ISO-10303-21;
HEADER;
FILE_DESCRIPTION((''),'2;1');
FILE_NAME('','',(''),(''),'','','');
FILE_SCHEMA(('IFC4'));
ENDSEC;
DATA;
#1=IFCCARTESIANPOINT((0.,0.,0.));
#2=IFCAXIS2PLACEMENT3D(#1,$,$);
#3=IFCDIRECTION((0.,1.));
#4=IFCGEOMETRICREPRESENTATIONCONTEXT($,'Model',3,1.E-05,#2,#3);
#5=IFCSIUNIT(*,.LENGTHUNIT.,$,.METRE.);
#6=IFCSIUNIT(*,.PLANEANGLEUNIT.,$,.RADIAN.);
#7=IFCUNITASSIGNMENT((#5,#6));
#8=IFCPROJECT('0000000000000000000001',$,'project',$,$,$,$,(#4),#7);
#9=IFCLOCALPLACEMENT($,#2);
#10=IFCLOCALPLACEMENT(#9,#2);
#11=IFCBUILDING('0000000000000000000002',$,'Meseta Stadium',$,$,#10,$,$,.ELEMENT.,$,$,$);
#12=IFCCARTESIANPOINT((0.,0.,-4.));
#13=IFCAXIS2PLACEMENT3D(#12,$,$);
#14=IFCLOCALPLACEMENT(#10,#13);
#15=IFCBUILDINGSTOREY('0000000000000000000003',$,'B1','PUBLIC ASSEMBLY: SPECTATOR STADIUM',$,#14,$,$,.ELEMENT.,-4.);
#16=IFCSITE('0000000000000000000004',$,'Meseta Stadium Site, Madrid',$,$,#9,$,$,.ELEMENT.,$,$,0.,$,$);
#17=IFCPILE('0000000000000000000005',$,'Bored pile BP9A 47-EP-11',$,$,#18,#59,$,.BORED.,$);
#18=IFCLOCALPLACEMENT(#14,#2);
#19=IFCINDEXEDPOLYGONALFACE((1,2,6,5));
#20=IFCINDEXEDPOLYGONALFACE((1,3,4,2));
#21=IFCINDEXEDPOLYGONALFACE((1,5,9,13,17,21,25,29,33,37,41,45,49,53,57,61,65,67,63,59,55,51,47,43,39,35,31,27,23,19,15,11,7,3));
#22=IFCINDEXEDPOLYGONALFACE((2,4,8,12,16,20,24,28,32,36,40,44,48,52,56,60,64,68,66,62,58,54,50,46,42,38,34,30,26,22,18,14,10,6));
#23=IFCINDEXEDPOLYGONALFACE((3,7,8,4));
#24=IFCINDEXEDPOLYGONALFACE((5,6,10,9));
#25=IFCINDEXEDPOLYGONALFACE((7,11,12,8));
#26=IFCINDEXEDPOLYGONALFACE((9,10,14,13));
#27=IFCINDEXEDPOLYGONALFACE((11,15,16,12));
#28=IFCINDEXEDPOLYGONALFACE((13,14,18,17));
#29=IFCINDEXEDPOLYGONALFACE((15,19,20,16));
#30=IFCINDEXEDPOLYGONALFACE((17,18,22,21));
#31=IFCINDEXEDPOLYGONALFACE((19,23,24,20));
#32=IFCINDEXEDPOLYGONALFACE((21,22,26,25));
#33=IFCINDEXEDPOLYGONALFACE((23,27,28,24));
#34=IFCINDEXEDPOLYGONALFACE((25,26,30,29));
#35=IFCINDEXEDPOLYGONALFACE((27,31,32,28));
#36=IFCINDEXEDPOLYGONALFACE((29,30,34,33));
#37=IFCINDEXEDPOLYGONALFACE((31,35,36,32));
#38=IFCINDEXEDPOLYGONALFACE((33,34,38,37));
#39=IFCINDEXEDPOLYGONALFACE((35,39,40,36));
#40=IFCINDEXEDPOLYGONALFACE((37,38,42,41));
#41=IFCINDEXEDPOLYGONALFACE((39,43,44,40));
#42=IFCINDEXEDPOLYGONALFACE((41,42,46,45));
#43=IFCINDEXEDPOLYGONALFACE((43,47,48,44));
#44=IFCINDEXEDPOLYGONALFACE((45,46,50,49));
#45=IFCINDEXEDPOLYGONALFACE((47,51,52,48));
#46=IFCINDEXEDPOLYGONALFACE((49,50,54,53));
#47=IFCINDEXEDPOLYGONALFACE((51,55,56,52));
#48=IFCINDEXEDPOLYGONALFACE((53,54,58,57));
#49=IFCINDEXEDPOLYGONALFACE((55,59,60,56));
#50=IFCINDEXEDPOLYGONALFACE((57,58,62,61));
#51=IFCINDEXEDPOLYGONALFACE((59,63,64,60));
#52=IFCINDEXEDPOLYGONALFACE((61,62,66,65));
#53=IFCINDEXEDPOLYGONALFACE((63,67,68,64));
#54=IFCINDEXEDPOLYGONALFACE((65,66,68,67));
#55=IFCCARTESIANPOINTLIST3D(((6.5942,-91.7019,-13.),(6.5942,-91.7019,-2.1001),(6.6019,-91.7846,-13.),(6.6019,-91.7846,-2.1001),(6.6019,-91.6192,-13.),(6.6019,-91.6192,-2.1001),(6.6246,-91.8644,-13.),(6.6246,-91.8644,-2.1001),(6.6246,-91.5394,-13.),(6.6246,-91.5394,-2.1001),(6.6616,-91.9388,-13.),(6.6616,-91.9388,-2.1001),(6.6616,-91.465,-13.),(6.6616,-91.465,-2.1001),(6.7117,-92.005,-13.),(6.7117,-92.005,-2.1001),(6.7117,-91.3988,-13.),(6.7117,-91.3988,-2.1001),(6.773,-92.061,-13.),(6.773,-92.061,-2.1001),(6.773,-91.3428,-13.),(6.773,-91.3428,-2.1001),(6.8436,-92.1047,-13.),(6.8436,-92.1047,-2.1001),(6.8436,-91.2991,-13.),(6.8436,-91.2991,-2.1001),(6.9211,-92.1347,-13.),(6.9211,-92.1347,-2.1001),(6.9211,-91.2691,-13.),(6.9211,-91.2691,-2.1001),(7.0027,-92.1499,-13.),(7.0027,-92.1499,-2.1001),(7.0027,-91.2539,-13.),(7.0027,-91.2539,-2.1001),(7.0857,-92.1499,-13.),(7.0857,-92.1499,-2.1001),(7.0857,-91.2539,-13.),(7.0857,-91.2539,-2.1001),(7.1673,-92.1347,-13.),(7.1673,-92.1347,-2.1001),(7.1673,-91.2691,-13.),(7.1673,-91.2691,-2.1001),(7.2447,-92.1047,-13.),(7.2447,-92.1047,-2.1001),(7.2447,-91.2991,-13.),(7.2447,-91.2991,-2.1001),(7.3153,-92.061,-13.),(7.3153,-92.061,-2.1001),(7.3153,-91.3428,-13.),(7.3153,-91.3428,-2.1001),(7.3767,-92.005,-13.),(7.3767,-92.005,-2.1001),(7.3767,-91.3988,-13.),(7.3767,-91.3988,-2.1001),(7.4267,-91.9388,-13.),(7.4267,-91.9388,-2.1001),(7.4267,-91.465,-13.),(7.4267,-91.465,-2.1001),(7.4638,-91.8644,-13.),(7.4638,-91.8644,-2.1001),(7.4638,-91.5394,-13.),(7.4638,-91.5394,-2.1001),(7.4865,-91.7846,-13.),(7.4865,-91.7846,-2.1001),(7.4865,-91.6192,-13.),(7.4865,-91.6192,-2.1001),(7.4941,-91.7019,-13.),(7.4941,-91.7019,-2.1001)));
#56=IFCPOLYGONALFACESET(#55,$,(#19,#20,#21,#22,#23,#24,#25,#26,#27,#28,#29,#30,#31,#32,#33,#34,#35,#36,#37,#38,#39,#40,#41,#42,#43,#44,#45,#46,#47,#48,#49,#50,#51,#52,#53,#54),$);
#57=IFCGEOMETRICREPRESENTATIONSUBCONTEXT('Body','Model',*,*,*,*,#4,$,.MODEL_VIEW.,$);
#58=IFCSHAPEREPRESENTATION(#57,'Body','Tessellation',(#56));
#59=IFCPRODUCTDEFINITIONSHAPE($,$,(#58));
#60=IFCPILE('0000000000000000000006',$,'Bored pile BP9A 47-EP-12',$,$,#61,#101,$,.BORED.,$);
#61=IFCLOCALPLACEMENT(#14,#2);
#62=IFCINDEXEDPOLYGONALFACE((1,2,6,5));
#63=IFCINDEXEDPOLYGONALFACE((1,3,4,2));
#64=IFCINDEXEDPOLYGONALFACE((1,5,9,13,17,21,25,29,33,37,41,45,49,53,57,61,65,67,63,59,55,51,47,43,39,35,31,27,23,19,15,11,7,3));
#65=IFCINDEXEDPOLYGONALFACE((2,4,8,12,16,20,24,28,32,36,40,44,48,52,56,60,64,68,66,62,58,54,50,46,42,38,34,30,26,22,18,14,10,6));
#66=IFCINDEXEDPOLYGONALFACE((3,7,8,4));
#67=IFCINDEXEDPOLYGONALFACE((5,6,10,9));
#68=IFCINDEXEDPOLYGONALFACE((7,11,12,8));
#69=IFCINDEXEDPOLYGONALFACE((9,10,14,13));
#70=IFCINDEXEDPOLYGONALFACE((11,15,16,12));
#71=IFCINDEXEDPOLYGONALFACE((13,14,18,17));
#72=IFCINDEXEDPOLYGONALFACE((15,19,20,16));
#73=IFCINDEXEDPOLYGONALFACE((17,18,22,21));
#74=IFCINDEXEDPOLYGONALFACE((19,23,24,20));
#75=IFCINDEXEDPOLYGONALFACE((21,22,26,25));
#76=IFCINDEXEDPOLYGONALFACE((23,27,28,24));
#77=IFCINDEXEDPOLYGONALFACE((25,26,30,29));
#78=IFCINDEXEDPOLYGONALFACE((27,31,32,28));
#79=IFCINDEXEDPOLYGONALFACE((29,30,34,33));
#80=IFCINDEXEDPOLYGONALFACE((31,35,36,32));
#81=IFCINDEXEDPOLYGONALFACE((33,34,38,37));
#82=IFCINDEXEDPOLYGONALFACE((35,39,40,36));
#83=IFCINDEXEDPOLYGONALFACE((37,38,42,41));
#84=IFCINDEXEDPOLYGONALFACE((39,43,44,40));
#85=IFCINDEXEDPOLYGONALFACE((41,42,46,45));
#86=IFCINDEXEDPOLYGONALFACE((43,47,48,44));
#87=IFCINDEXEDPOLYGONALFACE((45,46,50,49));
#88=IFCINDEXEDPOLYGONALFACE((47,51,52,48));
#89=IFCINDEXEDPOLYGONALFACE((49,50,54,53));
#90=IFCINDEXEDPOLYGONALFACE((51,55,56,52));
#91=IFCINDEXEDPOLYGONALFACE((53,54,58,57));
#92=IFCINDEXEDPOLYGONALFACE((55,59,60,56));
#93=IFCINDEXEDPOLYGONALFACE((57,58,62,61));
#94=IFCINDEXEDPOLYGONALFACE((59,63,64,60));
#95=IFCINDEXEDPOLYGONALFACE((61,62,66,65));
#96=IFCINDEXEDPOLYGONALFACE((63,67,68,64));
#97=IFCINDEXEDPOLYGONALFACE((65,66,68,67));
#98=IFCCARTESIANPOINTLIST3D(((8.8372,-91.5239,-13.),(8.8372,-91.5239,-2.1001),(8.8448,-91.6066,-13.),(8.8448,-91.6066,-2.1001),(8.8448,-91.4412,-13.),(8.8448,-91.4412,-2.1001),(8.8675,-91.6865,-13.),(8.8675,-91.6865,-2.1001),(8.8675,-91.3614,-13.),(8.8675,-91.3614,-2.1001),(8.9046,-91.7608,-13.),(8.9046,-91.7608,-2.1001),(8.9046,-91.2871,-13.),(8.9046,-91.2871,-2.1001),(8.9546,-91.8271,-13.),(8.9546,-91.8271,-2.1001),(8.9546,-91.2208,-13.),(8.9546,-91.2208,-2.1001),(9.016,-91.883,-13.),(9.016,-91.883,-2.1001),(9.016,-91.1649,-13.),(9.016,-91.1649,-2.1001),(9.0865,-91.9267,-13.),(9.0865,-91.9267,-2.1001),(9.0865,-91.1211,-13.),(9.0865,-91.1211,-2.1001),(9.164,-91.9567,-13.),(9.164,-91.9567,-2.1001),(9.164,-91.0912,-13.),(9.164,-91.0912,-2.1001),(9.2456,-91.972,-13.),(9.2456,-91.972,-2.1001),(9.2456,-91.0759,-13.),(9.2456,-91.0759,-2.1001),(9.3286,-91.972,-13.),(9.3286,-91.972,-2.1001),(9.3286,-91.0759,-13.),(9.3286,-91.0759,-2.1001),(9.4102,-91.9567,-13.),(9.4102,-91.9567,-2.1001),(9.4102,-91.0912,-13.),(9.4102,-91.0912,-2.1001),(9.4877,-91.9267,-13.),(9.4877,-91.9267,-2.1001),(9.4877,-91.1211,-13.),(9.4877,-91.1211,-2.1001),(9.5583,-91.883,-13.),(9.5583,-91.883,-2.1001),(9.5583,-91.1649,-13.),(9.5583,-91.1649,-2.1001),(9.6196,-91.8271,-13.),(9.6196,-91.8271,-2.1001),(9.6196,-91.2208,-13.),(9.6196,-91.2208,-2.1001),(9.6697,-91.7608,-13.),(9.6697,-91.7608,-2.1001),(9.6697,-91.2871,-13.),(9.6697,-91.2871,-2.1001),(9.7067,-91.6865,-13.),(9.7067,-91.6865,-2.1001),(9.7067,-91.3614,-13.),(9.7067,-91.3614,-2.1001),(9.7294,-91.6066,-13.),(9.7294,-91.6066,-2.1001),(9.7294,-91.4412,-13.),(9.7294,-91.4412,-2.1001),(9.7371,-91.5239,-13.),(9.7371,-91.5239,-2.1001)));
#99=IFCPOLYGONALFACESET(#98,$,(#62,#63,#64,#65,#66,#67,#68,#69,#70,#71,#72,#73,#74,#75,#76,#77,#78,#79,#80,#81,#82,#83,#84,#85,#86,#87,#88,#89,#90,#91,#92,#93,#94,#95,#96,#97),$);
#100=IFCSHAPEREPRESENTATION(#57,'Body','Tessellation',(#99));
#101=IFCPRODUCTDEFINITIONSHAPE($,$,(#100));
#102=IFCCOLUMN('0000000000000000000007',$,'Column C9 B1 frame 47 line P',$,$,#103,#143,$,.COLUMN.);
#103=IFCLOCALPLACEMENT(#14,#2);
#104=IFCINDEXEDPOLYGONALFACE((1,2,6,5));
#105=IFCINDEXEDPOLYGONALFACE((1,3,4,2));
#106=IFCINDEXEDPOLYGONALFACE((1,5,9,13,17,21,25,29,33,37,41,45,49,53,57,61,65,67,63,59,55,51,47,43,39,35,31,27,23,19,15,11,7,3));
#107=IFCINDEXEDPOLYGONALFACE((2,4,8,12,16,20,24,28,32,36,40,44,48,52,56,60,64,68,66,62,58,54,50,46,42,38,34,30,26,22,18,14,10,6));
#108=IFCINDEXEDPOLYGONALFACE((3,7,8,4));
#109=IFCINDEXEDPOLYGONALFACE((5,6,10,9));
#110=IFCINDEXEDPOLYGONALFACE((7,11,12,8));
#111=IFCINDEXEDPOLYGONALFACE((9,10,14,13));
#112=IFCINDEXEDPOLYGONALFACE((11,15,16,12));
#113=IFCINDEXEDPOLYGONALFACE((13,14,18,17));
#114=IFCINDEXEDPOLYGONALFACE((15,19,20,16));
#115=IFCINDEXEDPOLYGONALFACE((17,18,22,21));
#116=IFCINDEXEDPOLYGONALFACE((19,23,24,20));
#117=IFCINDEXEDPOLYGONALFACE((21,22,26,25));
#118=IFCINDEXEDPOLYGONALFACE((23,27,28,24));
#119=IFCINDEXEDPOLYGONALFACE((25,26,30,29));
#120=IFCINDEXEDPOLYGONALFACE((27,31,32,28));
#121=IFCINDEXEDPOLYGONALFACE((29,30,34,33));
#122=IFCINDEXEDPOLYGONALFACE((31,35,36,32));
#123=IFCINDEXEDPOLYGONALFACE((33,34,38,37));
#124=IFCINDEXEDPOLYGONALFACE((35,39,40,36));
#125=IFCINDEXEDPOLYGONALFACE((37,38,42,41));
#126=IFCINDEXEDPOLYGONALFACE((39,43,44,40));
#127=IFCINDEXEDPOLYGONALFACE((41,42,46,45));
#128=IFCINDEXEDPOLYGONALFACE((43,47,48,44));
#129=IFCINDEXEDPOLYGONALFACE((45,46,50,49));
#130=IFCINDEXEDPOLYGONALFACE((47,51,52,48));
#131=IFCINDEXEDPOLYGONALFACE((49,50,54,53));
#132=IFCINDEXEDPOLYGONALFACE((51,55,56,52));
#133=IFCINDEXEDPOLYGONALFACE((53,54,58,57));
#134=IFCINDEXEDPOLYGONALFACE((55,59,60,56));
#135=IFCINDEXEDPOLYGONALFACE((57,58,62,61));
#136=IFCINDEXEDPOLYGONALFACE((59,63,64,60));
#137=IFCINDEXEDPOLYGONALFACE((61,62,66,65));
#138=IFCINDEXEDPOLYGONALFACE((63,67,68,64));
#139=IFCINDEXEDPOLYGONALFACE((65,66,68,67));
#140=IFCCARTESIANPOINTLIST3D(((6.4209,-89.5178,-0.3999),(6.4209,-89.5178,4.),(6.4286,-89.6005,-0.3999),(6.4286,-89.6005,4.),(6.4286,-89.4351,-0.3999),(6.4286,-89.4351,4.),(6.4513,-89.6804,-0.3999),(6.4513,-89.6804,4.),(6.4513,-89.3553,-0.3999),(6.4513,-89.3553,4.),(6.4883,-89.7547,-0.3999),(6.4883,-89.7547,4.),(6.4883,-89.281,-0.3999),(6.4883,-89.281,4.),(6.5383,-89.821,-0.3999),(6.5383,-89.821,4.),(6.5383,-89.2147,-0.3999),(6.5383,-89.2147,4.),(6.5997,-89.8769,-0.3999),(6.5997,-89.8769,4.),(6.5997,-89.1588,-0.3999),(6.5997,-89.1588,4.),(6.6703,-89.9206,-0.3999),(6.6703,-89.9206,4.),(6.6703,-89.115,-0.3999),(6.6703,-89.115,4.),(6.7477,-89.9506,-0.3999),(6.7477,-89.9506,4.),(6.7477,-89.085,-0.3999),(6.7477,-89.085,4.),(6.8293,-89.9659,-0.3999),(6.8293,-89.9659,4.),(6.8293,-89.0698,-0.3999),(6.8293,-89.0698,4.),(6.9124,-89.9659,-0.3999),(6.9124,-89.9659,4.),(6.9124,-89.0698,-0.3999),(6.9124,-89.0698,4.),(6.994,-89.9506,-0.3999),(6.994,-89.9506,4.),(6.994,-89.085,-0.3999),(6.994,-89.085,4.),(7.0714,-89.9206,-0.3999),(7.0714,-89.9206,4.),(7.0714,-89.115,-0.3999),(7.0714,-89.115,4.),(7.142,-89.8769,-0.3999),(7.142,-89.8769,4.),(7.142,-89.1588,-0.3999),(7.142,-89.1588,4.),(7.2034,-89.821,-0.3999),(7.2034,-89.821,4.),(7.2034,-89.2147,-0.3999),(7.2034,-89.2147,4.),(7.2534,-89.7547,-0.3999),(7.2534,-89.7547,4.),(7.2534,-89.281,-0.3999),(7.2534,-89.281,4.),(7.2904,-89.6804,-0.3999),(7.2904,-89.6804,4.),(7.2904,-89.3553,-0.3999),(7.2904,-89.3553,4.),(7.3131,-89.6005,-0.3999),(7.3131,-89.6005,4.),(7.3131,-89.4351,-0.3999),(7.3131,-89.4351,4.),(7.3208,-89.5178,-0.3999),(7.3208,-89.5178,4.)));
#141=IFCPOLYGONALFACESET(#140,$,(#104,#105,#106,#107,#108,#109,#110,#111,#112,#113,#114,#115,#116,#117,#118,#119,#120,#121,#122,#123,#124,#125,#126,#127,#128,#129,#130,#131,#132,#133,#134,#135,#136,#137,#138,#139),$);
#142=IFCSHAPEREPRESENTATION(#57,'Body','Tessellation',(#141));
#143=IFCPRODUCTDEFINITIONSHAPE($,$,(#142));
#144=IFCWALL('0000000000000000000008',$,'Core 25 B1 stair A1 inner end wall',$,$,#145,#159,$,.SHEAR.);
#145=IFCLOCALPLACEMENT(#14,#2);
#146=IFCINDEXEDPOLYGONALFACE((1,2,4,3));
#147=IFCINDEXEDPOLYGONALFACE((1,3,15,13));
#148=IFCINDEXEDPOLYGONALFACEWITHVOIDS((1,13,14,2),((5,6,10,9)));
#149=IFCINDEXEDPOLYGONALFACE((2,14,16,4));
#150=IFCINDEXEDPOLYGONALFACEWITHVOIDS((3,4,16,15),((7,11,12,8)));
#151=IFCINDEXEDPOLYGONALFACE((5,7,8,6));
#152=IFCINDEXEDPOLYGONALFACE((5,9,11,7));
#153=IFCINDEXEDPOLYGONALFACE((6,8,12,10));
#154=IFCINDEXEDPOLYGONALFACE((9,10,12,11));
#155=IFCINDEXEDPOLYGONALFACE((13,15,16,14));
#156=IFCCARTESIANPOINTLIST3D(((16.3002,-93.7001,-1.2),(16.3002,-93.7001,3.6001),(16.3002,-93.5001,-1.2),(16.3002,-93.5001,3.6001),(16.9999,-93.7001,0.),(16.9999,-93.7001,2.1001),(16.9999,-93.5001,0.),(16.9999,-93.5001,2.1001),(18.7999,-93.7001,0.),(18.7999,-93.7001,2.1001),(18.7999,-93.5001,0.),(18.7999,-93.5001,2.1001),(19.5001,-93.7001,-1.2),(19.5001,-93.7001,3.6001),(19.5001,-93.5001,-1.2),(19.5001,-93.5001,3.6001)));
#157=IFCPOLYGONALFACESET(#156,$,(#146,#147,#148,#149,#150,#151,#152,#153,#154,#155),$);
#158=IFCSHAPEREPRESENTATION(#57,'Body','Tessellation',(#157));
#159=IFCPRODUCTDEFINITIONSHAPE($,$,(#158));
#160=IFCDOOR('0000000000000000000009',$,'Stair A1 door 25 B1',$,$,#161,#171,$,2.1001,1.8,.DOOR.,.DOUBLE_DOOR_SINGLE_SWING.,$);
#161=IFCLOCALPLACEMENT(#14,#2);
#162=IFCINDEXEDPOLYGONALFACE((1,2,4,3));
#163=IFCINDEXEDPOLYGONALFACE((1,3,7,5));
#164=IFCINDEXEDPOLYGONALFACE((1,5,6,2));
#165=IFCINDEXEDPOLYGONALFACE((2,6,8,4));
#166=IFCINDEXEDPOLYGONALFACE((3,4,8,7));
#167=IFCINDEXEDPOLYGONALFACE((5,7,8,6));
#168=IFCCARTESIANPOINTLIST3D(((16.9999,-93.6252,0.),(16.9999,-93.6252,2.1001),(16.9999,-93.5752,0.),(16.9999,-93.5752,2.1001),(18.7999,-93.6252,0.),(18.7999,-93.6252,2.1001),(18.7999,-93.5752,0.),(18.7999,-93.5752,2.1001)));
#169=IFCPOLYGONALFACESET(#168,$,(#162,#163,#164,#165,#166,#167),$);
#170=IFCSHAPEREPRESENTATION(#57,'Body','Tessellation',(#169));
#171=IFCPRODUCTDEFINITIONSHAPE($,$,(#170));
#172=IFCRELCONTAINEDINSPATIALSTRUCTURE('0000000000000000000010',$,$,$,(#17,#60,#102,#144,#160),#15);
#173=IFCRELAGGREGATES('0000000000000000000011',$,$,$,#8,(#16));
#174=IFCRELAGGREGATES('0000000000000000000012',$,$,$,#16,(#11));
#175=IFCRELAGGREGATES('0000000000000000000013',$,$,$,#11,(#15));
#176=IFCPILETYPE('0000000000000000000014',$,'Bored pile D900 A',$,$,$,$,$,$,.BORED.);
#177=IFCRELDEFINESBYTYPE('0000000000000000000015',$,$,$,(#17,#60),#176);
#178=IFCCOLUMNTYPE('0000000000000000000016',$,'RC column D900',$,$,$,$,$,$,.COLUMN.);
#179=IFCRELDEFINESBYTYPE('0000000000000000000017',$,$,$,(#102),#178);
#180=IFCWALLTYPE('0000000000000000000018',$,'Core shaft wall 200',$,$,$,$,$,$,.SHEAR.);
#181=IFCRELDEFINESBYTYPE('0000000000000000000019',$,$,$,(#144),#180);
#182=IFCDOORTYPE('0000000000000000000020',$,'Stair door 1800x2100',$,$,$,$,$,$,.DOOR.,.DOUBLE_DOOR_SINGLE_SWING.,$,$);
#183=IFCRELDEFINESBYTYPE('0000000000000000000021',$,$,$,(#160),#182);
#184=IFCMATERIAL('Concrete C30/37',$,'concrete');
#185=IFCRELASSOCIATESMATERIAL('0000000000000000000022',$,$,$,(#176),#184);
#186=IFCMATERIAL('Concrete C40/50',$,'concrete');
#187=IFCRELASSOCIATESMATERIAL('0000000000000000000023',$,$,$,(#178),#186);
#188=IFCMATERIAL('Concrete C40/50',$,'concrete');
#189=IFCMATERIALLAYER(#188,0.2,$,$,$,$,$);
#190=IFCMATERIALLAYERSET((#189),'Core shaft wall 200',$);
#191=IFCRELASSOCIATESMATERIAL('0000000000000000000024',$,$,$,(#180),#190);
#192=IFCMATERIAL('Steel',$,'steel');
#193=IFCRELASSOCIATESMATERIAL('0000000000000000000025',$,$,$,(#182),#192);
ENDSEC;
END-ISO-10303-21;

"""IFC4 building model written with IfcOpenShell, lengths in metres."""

from ifc_helpers import new_model, si_unit, direction, frame, frame_2d, origin, origin_2d, place, context, subcontext, project, spatial, rectangle, circle, extrude, material, layer, layer_set, material_profile, profile_set, type_object, element, fill, save


model = new_model("IFC4")

# Units and contexts
model_context = context("Model", 3, precision=1e-05, world=origin(), true_north=direction((0.0, 1.0)))
body_context = subcontext(model_context, "Body", "Model", "MODEL_VIEW")
ifc_project = project(units=[si_unit("LENGTHUNIT", "METRE"), si_unit("PLANEANGLEUNIT", "RADIAN")], contexts=[model_context])

# Site, building, storey
site_placement = place(None, origin())
site = spatial("IfcSite", under=ifc_project, at=site_placement, Name="Meseta Stadium Site, Madrid", CompositionType="ELEMENT", RefElevation=0.0)
building_placement = place(site_placement, origin())
building = spatial("IfcBuilding", under=site, at=building_placement, Name="Meseta Stadium", CompositionType="ELEMENT")
storey_placement = place(building_placement, frame((0.0, 0.0, -4.0)))
storey = spatial("IfcBuildingStorey", under=building, at=storey_placement, Name="B1", Description="PUBLIC ASSEMBLY: SPECTATOR STADIUM", CompositionType="ELEMENT", Elevation=-4.0)

# Piles
ifc_material_1 = material(Name="Concrete C30/37", Category="concrete")
ifc_material_profile_1 = material_profile(ifc_material_1, circle(Radius=0.45, at=origin_2d()), Name="D900")
ifc_profile_set_1 = profile_set([ifc_material_profile_1], Name="Concrete C30/37")
pile_type = type_object("IfcPileType", Name="Bored pile D900 A", PredefinedType="BORED", material=ifc_profile_set_1)
for number, where, z_axis, x_axis, name in (
    (1, (7.0442, -91.7019, -2.1001), (0.0, 0.0, -1.0), (1.0, 0.0, 0.0), "Bored pile BP9A 47-EP-11"),
    (2, (9.2871, -91.5239, -2.1001), (0.0, 0.0, -1.0), (1.0, 0.0, 0.0), "Bored pile BP9A 47-EP-12"),
):
    element("IfcPile", number, at=place(storey_placement, frame(where, z_axis=z_axis, x_axis=x_axis)), inside=storey, type_object=pile_type, Name=name, PredefinedType="BORED", context=body_context, shape_type="SweptSolid", body=[
        extrude(circle(Radius=0.45, at=origin_2d()), origin(), (0.0, 0.0, 1.0), 10.8999),
    ])

# Column
ifc_material_2 = material(Name="Concrete C40/50", Category="concrete")
ifc_material_profile_2 = material_profile(ifc_material_2, circle(Radius=0.45, at=origin_2d()), Name="RC D900")
ifc_profile_set_2 = profile_set([ifc_material_profile_2], Name="Concrete C40/50")
column_type = type_object("IfcColumnType", Name="RC column D900", PredefinedType="COLUMN", material=ifc_profile_set_2)
column_placement = place(storey_placement, frame((6.8708, -89.5178, -0.3999), z_axis=(0.0, 0.0, 1.0), x_axis=(1.0, 0.0, 0.0)))
element("IfcColumn", 3, at=column_placement, inside=storey, type_object=column_type, Name="Column C9 B1 frame 47 line P", PredefinedType="COLUMN", context=body_context, shape_type="SweptSolid", body=[
    extrude(circle(Radius=0.45, at=origin_2d()), origin(), (0.0, 0.0, 1.0), 4.3999),
])

# Wall, opening, door
ifc_material_3 = material(Name="Concrete C40/50", Category="concrete")
ifc_layer_1 = layer(ifc_material_3, 0.2)
ifc_layer_set_1 = layer_set([ifc_layer_1], Name="Core shaft wall 200")
wall_type_1 = type_object("IfcWallType", Name="Core shaft wall 200", PredefinedType="SHEAR", material=ifc_layer_set_1)
wall_1_placement = place(storey_placement, frame((16.3, -93.6001, -1.2), z_axis=(0.0, 0.0, 1.0), x_axis=(1.0, 0.0, 0.0)))
wall_1 = element("IfcWall", 4, at=wall_1_placement, inside=storey, type_object=wall_type_1, Name="Core 25 B1 stair A1 inner end wall", PredefinedType="SHEAR", context=body_context, shape_type="SweptSolid", body=[
    extrude(rectangle(XDim=3.2, YDim=0.2, at=frame_2d((1.6001, 0.0))), origin(), (0.0, 0.0, 1.0), 4.8),
])
opening_1_placement = place(wall_1_placement, frame((0.7, 0.0, 1.2)))
opening_1 = element("IfcOpeningElement", 5, at=opening_1_placement, cuts=wall_1, PredefinedType="OPENING", context=body_context, shape_type="SweptSolid", body=[
    extrude(rectangle(XDim=1.8, YDim=2.1001, at=frame_2d((0.8999, 1.05))), frame((0.0, 0.1099, 0.0), z_axis=(0.0, -1.0, 0.0), x_axis=(1.0, 0.0, 0.0)), (0.0, 0.0, 1.0), 0.22),
])
ifc_material_4 = material(Name="Steel", Category="steel")
door_type_1 = type_object("IfcDoorType", Name="Stair door 1800x2100", OperationType="DOUBLE_DOOR_SINGLE_SWING", PredefinedType="DOOR", material=ifc_material_4)
door_1_placement = place(opening_1_placement, origin())
door_1 = element("IfcDoor", 6, at=door_1_placement, inside=storey, type_object=door_type_1, Name="Stair A1 door 25 B1", OperationType="DOUBLE_DOOR_SINGLE_SWING", OverallHeight=2.1001, OverallWidth=1.8, PredefinedType="DOOR", context=body_context, shape_type="SweptSolid", body=[
    extrude(rectangle(XDim=1.8, YDim=2.1001, at=frame_2d((0.8999, 1.05))), frame((0.0, 0.0249, 0.0), z_axis=(0.0, -1.0, 0.0), x_axis=(1.0, 0.0, 0.0)), (0.0, 0.0, 1.0), 0.05),
])
fill(opening_1, door_1)

save(model, "model.ifc")
